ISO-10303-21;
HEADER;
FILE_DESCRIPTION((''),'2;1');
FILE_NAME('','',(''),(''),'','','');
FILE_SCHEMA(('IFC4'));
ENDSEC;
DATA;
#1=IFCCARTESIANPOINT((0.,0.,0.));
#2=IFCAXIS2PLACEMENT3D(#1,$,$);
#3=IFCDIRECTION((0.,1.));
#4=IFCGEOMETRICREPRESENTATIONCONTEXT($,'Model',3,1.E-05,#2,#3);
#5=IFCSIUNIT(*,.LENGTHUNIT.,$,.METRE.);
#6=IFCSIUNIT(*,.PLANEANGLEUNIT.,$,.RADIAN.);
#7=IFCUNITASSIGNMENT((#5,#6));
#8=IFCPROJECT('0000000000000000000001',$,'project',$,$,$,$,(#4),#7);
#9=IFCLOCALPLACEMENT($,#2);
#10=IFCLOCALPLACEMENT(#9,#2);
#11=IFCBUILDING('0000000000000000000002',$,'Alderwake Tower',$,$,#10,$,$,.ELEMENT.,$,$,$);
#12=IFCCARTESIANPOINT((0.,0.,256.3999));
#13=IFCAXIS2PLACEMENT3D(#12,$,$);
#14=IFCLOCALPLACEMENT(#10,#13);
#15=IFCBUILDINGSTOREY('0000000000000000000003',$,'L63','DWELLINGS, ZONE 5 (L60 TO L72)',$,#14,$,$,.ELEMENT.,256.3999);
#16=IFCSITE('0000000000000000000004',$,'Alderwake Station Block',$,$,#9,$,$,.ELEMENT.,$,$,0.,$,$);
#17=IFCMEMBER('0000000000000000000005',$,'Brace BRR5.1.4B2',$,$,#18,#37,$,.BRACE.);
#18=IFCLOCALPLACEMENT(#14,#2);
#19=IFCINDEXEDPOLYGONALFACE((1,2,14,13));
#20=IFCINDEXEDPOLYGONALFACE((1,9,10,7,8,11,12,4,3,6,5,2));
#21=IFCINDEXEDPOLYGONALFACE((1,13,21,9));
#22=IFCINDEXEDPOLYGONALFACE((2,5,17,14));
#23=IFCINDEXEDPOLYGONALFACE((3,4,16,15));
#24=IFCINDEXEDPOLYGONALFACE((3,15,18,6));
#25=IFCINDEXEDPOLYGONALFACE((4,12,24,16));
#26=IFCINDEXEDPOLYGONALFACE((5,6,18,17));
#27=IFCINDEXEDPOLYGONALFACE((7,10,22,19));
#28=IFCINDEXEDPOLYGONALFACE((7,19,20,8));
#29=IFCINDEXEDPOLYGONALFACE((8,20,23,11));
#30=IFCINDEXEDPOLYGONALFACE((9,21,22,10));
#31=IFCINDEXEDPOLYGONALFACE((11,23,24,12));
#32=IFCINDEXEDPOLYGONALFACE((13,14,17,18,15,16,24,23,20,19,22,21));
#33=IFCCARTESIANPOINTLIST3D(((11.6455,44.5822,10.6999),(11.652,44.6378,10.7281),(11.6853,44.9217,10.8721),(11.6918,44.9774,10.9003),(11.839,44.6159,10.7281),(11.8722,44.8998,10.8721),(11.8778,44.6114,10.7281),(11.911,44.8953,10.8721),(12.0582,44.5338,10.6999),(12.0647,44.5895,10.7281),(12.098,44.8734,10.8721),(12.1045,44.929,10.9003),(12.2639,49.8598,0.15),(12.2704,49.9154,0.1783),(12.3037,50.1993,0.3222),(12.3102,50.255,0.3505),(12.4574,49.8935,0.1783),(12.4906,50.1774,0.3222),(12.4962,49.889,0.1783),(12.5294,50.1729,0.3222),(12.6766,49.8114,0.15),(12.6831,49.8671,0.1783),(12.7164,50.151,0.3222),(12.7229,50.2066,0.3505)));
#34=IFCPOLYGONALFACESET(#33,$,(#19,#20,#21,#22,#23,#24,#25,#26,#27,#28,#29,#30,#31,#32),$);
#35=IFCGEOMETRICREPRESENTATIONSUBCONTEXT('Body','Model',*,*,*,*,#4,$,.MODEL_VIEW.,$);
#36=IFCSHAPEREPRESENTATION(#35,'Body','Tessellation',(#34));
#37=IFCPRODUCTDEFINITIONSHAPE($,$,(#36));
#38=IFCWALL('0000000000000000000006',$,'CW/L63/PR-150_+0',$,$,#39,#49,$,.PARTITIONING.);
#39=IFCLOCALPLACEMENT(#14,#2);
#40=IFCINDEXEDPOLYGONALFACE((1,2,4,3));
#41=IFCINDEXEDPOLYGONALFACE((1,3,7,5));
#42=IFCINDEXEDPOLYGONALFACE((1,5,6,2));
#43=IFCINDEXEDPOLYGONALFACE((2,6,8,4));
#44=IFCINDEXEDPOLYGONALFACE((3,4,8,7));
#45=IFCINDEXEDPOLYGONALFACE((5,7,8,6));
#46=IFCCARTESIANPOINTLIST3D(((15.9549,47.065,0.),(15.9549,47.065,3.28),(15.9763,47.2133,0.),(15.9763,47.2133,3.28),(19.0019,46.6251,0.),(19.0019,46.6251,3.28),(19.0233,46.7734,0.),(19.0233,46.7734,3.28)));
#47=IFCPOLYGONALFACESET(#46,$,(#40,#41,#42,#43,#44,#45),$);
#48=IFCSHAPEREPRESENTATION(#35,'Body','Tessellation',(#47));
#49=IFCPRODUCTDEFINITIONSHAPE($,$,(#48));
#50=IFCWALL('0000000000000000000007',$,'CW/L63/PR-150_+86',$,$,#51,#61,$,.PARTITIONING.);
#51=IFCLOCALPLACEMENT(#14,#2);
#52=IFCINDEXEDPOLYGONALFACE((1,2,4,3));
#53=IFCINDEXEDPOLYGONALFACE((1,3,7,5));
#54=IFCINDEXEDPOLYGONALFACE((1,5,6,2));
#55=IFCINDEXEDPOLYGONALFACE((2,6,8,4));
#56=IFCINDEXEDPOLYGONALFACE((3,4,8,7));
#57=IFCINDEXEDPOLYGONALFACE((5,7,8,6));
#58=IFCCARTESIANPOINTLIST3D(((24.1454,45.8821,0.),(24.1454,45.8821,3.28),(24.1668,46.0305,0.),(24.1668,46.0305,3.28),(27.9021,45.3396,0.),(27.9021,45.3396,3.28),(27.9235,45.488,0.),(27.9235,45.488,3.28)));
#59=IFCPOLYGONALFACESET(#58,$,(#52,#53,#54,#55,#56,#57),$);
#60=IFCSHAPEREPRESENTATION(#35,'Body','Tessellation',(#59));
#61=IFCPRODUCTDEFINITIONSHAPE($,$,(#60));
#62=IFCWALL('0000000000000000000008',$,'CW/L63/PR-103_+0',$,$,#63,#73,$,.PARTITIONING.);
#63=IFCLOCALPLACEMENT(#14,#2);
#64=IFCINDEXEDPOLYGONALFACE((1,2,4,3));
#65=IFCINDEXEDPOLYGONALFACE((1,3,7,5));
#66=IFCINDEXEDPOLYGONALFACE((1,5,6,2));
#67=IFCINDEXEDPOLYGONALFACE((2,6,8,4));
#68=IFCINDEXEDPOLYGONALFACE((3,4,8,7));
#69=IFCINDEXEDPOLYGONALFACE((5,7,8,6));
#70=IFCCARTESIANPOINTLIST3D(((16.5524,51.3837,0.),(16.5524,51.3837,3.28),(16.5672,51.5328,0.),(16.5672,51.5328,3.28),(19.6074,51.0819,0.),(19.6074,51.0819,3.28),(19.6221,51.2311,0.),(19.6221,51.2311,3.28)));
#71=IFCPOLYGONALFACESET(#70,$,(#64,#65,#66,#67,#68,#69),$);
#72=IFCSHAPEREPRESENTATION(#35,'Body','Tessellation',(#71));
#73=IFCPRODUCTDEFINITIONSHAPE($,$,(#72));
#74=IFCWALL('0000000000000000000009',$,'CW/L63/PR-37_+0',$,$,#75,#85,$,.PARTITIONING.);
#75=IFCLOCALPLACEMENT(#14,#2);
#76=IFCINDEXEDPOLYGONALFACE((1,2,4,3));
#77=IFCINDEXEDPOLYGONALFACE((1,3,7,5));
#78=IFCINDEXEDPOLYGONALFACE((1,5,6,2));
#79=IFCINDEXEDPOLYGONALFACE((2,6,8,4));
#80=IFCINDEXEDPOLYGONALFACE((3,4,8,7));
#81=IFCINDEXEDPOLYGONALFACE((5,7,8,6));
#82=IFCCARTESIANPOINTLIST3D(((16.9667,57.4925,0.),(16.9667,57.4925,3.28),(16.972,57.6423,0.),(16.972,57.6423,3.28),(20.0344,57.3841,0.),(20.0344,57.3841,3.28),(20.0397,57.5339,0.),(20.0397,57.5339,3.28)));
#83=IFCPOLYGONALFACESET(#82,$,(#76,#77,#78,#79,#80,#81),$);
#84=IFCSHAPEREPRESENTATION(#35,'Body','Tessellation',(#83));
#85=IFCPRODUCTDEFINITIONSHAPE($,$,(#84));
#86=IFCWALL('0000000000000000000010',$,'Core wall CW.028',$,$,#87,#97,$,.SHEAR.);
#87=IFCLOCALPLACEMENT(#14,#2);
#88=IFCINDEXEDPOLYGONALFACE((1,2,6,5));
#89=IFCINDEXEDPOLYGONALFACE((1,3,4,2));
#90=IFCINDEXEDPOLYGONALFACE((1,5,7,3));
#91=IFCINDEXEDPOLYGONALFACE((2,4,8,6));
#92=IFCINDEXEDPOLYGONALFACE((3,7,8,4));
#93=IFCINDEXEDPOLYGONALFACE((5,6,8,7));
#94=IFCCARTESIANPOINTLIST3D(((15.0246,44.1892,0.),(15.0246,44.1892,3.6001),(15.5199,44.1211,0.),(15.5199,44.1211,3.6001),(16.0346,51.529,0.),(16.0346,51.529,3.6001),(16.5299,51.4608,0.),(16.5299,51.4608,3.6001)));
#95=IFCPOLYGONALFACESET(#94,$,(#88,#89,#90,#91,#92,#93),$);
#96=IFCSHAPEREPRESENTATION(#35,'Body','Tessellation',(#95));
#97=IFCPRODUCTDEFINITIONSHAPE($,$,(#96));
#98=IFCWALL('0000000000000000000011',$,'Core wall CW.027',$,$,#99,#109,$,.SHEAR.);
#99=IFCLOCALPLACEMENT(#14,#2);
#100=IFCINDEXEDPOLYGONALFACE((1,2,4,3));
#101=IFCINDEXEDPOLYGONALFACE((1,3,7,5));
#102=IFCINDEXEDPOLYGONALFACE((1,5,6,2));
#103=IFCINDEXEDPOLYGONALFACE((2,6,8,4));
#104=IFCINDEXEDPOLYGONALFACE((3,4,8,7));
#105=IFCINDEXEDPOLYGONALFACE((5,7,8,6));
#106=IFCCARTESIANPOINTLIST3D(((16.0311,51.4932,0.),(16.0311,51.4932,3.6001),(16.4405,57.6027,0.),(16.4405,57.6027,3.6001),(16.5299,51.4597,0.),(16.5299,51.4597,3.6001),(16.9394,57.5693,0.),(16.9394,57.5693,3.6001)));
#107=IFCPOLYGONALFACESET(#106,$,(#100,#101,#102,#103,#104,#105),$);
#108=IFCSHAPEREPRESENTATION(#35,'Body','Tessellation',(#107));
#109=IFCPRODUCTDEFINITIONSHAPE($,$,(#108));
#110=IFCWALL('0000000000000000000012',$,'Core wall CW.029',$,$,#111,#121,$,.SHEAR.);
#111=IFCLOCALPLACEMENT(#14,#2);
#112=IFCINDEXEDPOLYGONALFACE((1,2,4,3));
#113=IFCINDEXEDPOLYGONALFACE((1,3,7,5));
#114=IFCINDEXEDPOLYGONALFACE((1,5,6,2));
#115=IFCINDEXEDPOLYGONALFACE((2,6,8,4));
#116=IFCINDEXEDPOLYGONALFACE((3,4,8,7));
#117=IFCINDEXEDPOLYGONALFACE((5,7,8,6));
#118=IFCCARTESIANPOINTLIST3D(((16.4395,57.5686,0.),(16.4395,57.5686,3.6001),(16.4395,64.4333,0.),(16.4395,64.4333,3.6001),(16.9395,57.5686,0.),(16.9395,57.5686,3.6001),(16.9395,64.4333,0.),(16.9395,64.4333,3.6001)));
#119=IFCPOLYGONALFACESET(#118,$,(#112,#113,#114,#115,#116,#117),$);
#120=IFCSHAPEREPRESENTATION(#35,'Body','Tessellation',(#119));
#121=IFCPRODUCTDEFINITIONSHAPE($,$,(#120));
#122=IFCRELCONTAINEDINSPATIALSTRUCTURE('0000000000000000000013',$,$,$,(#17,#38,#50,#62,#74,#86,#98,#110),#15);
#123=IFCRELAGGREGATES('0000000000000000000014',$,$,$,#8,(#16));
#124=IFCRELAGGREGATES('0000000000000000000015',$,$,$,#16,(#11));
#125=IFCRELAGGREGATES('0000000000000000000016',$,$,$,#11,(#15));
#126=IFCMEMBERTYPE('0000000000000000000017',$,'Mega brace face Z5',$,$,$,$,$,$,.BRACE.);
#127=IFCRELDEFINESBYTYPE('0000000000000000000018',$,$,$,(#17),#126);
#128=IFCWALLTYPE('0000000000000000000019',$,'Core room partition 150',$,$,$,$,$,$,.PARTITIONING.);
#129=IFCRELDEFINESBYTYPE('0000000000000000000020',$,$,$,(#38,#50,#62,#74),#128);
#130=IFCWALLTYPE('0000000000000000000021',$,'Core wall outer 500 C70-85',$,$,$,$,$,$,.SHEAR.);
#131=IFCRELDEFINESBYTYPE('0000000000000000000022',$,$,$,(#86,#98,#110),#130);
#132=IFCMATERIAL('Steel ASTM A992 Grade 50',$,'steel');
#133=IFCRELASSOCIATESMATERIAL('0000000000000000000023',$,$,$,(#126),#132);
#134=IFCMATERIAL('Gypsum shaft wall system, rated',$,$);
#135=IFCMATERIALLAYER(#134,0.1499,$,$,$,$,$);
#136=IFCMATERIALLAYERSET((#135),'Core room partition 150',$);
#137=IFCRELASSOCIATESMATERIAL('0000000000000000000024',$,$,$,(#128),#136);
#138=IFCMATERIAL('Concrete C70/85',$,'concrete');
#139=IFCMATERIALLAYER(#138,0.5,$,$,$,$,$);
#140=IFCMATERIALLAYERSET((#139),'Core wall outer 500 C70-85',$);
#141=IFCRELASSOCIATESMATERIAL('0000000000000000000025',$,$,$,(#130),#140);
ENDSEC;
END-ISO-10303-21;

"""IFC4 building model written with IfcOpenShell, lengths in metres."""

from ifc_helpers import new_model, si_unit, direction, frame, frame_2d, origin, origin_2d, place, context, subcontext, project, spatial, rectangle, i_section, extrude, material, layer, layer_set, material_profile, profile_set, type_object, element, save


model = new_model("IFC4")

# Units and contexts
model_context = context("Model", 3, precision=1e-05, world=origin(), true_north=direction((0.0, 1.0)))
body_context = subcontext(model_context, "Body", "Model", "MODEL_VIEW")
ifc_project = project(units=[si_unit("LENGTHUNIT", "METRE"), si_unit("PLANEANGLEUNIT", "RADIAN")], contexts=[model_context])

# Site, building, storey
site_placement = place(None, origin())
site = spatial("IfcSite", under=ifc_project, at=site_placement, Name="Alderwake Station Block", CompositionType="ELEMENT", RefElevation=0.0)
building_placement = place(site_placement, origin())
building = spatial("IfcBuilding", under=site, at=building_placement, Name="Alderwake Tower", CompositionType="ELEMENT")
storey_placement = place(building_placement, frame((0.0, 0.0, 256.3999)))
storey = spatial("IfcBuildingStorey", under=building, at=storey_placement, Name="L63", Description="DWELLINGS, ZONE 5 (L60 TO L72)", CompositionType="ELEMENT", Elevation=256.3999)

# Member
ifc_material_1 = material(Name="Steel ASTM A992 Grade 50", Category="steel")
ifc_material_profile_1 = material_profile(ifc_material_1, i_section(OverallWidth=0.4155, OverallDepth=0.4456, WebThickness=0.0391, FlangeThickness=0.0627, at=origin_2d()), Name="W14X342")
ifc_profile_set_1 = profile_set([ifc_material_profile_1], Name="Steel ASTM A992 Grade 50")
member_type = type_object("IfcMemberType", Name="Mega brace face Z5", PredefinedType="BRACE", material=ifc_profile_set_1)
member_placement = place(storey_placement, frame((12.4934, 50.0332, 0.2502), z_axis=(-0.052352, -0.446782, 0.89311), x_axis=(0.993205, -0.11638, 0.0)))
element("IfcMember", 1, at=member_placement, inside=storey, type_object=member_type, Name="Brace BRR5.1.4B2", PredefinedType="BRACE", context=body_context, shape_type="SweptSolid", body=[
    extrude(i_section(OverallWidth=0.4155, OverallDepth=0.4456, WebThickness=0.0391, FlangeThickness=0.0627, at=origin_2d()), origin(), (0.0, 0.0, 1.0), 11.8125),
])

# Walls
ifc_material_2 = material(Name="Gypsum shaft wall system, rated")
ifc_layer_1 = layer(ifc_material_2, 0.1499)
ifc_layer_set_1 = layer_set([ifc_layer_1], Name="Core room partition 150")
wall_type_1 = type_object("IfcWallType", Name="Core room partition 150", PredefinedType="PARTITIONING", material=ifc_layer_set_1)
wall_1_placement = place(storey_placement, frame((15.9656, 47.1392, 0.0), z_axis=(0.0, 0.0, 1.0), x_axis=(0.989737, -0.142898, 0.0)))
element("IfcWall", 2, at=wall_1_placement, inside=storey, type_object=wall_type_1, Name="CW/L63/PR-150_+0", PredefinedType="PARTITIONING", context=body_context, shape_type="SweptSolid", body=[
    extrude(rectangle(XDim=3.0786, YDim=0.1499, at=frame_2d((1.5393, 0.0))), origin(), (0.0, 0.0, 1.0), 3.28),
])
wall_2_placement = place(storey_placement, frame((24.156, 45.9563, 0.0), z_axis=(0.0, 0.0, 1.0), x_axis=(0.989734, -0.142925, 0.0)))
element("IfcWall", 3, at=wall_2_placement, inside=storey, type_object=wall_type_1, Name="CW/L63/PR-150_+86", PredefinedType="PARTITIONING", context=body_context, shape_type="SweptSolid", body=[
    extrude(rectangle(XDim=3.7957, YDim=0.1499, at=frame_2d((1.8979, 0.0))), origin(), (0.0, 0.0, 1.0), 3.28),
])
wall_3_placement = place(storey_placement, frame((16.5598, 51.4583, 0.0), z_axis=(0.0, 0.0, 1.0), x_axis=(0.995157, -0.098299, 0.0)))
element("IfcWall", 4, at=wall_3_placement, inside=storey, type_object=wall_type_1, Name="CW/L63/PR-103_+0", PredefinedType="PARTITIONING", context=body_context, shape_type="SweptSolid", body=[
    extrude(rectangle(XDim=3.0698, YDim=0.1499, at=frame_2d((1.5349, 0.0))), origin(), (0.0, 0.0, 1.0), 3.28),
])
wall_4_placement = place(storey_placement, frame((16.9695, 57.5674, 0.0), z_axis=(0.0, 0.0, 1.0), x_axis=(0.999376, -0.035314, 0.0)))
element("IfcWall", 5, at=wall_4_placement, inside=storey, type_object=wall_type_1, Name="CW/L63/PR-37_+0", PredefinedType="PARTITIONING", context=body_context, shape_type="SweptSolid", body=[
    extrude(rectangle(XDim=3.0696, YDim=0.1499, at=frame_2d((1.5347, 0.0))), origin(), (0.0, 0.0, 1.0), 3.28),
])
ifc_material_3 = material(Name="Concrete C70/85", Category="concrete")
ifc_layer_2 = layer(ifc_material_3, 0.5)
ifc_layer_set_2 = layer_set([ifc_layer_2], Name="Core wall outer 500 C70-85")
wall_type_2 = type_object("IfcWallType", Name="Core wall outer 500 C70-85", PredefinedType="SHEAR", material=ifc_layer_set_2)
wall_5_placement = place(storey_placement, frame((15.2722, 44.155, 0.0), z_axis=(0.0, 0.0, 1.0), x_axis=(0.136322, 0.990665, 0.0)))
element("IfcWall", 6, at=wall_5_placement, inside=storey, type_object=wall_type_2, Name="Core wall CW.028", PredefinedType="SHEAR", context=body_context, shape_type="SweptSolid", body=[
    extrude(rectangle(XDim=7.4089, YDim=0.5, at=frame_2d((3.7046, 0.0))), origin(), (0.0, 0.0, 1.0), 3.6001),
])
wall_6_placement = place(storey_placement, frame((16.2805, 51.4766, 0.0), z_axis=(0.0, 0.0, 1.0), x_axis=(0.066863, 0.997762, 0.0)))
element("IfcWall", 7, at=wall_6_placement, inside=storey, type_object=wall_type_2, Name="Core wall CW.027", PredefinedType="SHEAR", context=body_context, shape_type="SweptSolid", body=[
    extrude(rectangle(XDim=6.1233, YDim=0.5, at=frame_2d((3.0615, 0.0))), origin(), (0.0, 0.0, 1.0), 3.6001),
])
wall_7_placement = place(storey_placement, frame((16.6895, 57.5686, 0.0), z_axis=(0.0, 0.0, 1.0), x_axis=(0.0, 1.0, 0.0)))
element("IfcWall", 8, at=wall_7_placement, inside=storey, type_object=wall_type_2, Name="Core wall CW.029", PredefinedType="SHEAR", context=body_context, shape_type="SweptSolid", body=[
    extrude(rectangle(XDim=6.8647, YDim=0.5, at=frame_2d((3.4324, 0.0))), origin(), (0.0, 0.0, 1.0), 3.6001),
])

save(model, "model.ifc")
